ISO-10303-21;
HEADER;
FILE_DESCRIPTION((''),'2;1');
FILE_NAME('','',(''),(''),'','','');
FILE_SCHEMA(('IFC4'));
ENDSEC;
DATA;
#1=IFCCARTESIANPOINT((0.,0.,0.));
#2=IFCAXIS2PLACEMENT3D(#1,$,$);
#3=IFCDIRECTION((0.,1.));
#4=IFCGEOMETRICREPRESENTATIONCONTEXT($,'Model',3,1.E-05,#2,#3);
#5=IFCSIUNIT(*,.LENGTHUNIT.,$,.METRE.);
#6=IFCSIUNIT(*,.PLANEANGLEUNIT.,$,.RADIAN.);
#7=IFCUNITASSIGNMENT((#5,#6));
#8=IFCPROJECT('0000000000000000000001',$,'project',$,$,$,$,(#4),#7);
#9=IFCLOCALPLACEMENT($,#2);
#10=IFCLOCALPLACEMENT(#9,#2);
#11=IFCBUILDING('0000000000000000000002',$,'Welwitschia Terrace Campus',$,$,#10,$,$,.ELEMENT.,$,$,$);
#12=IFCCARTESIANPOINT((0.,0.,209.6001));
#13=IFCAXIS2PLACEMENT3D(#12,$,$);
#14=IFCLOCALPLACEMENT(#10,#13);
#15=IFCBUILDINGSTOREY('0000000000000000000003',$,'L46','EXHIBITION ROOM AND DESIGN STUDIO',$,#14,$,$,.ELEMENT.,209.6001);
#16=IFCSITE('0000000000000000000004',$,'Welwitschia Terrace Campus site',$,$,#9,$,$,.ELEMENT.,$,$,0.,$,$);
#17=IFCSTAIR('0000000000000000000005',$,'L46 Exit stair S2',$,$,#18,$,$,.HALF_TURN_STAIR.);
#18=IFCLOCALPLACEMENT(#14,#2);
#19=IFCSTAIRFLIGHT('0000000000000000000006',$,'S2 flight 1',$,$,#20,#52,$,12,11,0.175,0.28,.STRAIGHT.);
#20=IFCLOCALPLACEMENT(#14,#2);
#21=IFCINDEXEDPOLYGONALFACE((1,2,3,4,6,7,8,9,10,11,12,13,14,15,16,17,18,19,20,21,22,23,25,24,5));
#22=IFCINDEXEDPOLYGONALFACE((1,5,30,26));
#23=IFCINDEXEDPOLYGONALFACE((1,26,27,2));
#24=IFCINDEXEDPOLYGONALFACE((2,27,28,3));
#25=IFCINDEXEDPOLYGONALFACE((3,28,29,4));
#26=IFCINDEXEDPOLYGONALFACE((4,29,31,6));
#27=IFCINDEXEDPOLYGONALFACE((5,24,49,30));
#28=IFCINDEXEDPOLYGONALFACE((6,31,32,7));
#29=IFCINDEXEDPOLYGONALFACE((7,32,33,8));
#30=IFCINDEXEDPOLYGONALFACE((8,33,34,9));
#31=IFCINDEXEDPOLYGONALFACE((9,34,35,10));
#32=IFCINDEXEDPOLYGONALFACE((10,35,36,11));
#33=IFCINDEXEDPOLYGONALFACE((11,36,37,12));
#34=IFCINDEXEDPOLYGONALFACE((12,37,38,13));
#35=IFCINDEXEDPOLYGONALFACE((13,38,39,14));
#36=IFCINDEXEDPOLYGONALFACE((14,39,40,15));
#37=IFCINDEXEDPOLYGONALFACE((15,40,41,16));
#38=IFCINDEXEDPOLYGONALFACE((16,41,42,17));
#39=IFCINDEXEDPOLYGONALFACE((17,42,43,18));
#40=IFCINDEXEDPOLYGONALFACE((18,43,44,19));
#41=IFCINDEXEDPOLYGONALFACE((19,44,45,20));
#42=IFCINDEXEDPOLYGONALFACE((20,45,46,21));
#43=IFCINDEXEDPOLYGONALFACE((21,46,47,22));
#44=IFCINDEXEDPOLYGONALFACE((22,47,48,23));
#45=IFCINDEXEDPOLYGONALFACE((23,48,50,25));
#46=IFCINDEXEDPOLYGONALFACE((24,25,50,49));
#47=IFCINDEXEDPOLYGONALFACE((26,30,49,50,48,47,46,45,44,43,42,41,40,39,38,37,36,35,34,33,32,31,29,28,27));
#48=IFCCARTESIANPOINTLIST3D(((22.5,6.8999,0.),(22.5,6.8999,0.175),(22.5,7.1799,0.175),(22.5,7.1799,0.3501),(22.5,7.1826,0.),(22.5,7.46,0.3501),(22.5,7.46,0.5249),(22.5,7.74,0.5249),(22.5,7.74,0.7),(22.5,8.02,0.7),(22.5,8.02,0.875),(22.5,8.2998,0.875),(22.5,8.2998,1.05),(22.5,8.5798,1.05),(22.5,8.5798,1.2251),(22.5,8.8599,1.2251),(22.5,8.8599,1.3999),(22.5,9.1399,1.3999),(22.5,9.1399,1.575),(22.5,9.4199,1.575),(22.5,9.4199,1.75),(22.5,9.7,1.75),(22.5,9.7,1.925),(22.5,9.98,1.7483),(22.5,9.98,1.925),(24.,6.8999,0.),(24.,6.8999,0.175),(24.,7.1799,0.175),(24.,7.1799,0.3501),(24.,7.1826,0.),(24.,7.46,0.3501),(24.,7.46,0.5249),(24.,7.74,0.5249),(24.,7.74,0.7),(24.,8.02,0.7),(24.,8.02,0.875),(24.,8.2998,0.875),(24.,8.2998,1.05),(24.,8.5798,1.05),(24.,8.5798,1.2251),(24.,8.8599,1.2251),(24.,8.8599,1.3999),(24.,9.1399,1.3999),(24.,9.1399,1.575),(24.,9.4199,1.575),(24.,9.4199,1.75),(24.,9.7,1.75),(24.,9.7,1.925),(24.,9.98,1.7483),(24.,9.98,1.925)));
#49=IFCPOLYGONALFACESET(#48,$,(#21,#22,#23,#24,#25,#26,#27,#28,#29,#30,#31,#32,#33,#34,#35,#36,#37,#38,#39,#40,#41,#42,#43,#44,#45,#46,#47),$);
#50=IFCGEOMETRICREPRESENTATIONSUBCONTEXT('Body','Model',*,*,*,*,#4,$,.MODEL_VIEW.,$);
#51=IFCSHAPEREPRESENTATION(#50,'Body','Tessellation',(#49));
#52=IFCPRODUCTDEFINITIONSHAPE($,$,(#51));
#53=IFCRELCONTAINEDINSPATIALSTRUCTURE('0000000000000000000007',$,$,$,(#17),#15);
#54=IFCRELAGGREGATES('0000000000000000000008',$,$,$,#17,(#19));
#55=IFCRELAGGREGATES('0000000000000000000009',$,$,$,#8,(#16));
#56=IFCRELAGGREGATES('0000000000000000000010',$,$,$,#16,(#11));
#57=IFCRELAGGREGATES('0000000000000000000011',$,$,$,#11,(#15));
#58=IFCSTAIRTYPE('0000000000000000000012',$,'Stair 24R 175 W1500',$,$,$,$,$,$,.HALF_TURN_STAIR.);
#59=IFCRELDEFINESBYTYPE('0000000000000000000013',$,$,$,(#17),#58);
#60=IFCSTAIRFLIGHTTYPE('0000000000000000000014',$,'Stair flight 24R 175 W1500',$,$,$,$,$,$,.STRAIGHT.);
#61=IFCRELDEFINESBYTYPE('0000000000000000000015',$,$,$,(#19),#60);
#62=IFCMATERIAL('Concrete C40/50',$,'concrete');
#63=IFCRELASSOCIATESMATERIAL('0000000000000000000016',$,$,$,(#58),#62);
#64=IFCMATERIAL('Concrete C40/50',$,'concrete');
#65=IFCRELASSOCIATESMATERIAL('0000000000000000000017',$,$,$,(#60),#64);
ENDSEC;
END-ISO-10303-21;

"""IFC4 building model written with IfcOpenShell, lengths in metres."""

from ifc_helpers import new_model, si_unit, direction, frame, origin, place, context, subcontext, project, spatial, polyline, outline, extrude, material, type_object, element, aggregate, save


model = new_model("IFC4")

# Units and contexts
model_context = context("Model", 3, precision=1e-05, world=origin(), true_north=direction((0.0, 1.0)))
body_context = subcontext(model_context, "Body", "Model", "MODEL_VIEW")
ifc_project = project(units=[si_unit("LENGTHUNIT", "METRE"), si_unit("PLANEANGLEUNIT", "RADIAN")], contexts=[model_context])

# Site, building, storey
site_placement = place(None, origin())
site = spatial("IfcSite", under=ifc_project, at=site_placement, Name="Welwitschia Terrace Campus site", CompositionType="ELEMENT", RefElevation=0.0)
building_placement = place(site_placement, origin())
building = spatial("IfcBuilding", under=site, at=building_placement, Name="Welwitschia Terrace Campus", CompositionType="ELEMENT")
storey_placement = place(building_placement, frame((0.0, 0.0, 209.6001)))
storey = spatial("IfcBuildingStorey", under=building, at=storey_placement, Name="L46", Description="EXHIBITION ROOM AND DESIGN STUDIO", CompositionType="ELEMENT", Elevation=209.6001)

# Stair, stair flight
ifc_material_1 = material(Name="Concrete C40/50", Category="concrete")
stair_type = type_object("IfcStairType", Name="Stair 24R 175 W1500", PredefinedType="HALF_TURN_STAIR", material=ifc_material_1)
stair_placement = place(storey_placement, origin())
stair = element("IfcStair", 1, at=stair_placement, inside=storey, type_object=stair_type, Name="L46 Exit stair S2", PredefinedType="HALF_TURN_STAIR")
ifc_material_2 = material(Name="Concrete C40/50", Category="concrete")
stair_flight_type = type_object("IfcStairFlightType", Name="Stair flight 24R 175 W1500", PredefinedType="STRAIGHT", material=ifc_material_2)
stair_flight_placement = place(storey_placement, frame((23.25, 6.8999, 0.0), z_axis=(0.0, 0.0, 1.0), x_axis=(0.0, 1.0, 0.0)))
stair_flight = element("IfcStairFlight", 2, at=stair_flight_placement, type_object=stair_flight_type, Name="S2 flight 1", NumberOfRisers=12, NumberOfTreads=11, PredefinedType="STRAIGHT", RiserHeight=0.175, TreadLength=0.28, context=body_context, shape_type="SweptSolid", body=[
    extrude(outline(polyline([(0.0, 0.0), (0.0, 0.175), (0.28, 0.175), (0.28, 0.3501), (0.5601, 0.3501), (0.5601, 0.5249), (0.8401, 0.5249), (0.8401, 0.7), (1.1201, 0.7), (1.1201, 0.875), (1.3999, 0.875), (1.3999, 1.05), (1.6799, 1.05), (1.6799, 1.2251), (1.96, 1.2251), (1.96, 1.3999), (2.24, 1.3999), (2.24, 1.575), (2.52, 1.575), (2.52, 1.75), (2.8, 1.75), (2.8, 1.925), (3.0801, 1.925), (3.0801, 2.1001), (3.0801, 1.7483), (0.2827, 0.0), (0.0, 0.0)])), frame((0.0, 0.75, 0.0), z_axis=(0.0, -1.0, 0.0), x_axis=(1.0, 0.0, 0.0)), (0.0, 0.0, 1.0), 1.5),
])
aggregate(stair, [stair_flight])

save(model, "model.ifc")
